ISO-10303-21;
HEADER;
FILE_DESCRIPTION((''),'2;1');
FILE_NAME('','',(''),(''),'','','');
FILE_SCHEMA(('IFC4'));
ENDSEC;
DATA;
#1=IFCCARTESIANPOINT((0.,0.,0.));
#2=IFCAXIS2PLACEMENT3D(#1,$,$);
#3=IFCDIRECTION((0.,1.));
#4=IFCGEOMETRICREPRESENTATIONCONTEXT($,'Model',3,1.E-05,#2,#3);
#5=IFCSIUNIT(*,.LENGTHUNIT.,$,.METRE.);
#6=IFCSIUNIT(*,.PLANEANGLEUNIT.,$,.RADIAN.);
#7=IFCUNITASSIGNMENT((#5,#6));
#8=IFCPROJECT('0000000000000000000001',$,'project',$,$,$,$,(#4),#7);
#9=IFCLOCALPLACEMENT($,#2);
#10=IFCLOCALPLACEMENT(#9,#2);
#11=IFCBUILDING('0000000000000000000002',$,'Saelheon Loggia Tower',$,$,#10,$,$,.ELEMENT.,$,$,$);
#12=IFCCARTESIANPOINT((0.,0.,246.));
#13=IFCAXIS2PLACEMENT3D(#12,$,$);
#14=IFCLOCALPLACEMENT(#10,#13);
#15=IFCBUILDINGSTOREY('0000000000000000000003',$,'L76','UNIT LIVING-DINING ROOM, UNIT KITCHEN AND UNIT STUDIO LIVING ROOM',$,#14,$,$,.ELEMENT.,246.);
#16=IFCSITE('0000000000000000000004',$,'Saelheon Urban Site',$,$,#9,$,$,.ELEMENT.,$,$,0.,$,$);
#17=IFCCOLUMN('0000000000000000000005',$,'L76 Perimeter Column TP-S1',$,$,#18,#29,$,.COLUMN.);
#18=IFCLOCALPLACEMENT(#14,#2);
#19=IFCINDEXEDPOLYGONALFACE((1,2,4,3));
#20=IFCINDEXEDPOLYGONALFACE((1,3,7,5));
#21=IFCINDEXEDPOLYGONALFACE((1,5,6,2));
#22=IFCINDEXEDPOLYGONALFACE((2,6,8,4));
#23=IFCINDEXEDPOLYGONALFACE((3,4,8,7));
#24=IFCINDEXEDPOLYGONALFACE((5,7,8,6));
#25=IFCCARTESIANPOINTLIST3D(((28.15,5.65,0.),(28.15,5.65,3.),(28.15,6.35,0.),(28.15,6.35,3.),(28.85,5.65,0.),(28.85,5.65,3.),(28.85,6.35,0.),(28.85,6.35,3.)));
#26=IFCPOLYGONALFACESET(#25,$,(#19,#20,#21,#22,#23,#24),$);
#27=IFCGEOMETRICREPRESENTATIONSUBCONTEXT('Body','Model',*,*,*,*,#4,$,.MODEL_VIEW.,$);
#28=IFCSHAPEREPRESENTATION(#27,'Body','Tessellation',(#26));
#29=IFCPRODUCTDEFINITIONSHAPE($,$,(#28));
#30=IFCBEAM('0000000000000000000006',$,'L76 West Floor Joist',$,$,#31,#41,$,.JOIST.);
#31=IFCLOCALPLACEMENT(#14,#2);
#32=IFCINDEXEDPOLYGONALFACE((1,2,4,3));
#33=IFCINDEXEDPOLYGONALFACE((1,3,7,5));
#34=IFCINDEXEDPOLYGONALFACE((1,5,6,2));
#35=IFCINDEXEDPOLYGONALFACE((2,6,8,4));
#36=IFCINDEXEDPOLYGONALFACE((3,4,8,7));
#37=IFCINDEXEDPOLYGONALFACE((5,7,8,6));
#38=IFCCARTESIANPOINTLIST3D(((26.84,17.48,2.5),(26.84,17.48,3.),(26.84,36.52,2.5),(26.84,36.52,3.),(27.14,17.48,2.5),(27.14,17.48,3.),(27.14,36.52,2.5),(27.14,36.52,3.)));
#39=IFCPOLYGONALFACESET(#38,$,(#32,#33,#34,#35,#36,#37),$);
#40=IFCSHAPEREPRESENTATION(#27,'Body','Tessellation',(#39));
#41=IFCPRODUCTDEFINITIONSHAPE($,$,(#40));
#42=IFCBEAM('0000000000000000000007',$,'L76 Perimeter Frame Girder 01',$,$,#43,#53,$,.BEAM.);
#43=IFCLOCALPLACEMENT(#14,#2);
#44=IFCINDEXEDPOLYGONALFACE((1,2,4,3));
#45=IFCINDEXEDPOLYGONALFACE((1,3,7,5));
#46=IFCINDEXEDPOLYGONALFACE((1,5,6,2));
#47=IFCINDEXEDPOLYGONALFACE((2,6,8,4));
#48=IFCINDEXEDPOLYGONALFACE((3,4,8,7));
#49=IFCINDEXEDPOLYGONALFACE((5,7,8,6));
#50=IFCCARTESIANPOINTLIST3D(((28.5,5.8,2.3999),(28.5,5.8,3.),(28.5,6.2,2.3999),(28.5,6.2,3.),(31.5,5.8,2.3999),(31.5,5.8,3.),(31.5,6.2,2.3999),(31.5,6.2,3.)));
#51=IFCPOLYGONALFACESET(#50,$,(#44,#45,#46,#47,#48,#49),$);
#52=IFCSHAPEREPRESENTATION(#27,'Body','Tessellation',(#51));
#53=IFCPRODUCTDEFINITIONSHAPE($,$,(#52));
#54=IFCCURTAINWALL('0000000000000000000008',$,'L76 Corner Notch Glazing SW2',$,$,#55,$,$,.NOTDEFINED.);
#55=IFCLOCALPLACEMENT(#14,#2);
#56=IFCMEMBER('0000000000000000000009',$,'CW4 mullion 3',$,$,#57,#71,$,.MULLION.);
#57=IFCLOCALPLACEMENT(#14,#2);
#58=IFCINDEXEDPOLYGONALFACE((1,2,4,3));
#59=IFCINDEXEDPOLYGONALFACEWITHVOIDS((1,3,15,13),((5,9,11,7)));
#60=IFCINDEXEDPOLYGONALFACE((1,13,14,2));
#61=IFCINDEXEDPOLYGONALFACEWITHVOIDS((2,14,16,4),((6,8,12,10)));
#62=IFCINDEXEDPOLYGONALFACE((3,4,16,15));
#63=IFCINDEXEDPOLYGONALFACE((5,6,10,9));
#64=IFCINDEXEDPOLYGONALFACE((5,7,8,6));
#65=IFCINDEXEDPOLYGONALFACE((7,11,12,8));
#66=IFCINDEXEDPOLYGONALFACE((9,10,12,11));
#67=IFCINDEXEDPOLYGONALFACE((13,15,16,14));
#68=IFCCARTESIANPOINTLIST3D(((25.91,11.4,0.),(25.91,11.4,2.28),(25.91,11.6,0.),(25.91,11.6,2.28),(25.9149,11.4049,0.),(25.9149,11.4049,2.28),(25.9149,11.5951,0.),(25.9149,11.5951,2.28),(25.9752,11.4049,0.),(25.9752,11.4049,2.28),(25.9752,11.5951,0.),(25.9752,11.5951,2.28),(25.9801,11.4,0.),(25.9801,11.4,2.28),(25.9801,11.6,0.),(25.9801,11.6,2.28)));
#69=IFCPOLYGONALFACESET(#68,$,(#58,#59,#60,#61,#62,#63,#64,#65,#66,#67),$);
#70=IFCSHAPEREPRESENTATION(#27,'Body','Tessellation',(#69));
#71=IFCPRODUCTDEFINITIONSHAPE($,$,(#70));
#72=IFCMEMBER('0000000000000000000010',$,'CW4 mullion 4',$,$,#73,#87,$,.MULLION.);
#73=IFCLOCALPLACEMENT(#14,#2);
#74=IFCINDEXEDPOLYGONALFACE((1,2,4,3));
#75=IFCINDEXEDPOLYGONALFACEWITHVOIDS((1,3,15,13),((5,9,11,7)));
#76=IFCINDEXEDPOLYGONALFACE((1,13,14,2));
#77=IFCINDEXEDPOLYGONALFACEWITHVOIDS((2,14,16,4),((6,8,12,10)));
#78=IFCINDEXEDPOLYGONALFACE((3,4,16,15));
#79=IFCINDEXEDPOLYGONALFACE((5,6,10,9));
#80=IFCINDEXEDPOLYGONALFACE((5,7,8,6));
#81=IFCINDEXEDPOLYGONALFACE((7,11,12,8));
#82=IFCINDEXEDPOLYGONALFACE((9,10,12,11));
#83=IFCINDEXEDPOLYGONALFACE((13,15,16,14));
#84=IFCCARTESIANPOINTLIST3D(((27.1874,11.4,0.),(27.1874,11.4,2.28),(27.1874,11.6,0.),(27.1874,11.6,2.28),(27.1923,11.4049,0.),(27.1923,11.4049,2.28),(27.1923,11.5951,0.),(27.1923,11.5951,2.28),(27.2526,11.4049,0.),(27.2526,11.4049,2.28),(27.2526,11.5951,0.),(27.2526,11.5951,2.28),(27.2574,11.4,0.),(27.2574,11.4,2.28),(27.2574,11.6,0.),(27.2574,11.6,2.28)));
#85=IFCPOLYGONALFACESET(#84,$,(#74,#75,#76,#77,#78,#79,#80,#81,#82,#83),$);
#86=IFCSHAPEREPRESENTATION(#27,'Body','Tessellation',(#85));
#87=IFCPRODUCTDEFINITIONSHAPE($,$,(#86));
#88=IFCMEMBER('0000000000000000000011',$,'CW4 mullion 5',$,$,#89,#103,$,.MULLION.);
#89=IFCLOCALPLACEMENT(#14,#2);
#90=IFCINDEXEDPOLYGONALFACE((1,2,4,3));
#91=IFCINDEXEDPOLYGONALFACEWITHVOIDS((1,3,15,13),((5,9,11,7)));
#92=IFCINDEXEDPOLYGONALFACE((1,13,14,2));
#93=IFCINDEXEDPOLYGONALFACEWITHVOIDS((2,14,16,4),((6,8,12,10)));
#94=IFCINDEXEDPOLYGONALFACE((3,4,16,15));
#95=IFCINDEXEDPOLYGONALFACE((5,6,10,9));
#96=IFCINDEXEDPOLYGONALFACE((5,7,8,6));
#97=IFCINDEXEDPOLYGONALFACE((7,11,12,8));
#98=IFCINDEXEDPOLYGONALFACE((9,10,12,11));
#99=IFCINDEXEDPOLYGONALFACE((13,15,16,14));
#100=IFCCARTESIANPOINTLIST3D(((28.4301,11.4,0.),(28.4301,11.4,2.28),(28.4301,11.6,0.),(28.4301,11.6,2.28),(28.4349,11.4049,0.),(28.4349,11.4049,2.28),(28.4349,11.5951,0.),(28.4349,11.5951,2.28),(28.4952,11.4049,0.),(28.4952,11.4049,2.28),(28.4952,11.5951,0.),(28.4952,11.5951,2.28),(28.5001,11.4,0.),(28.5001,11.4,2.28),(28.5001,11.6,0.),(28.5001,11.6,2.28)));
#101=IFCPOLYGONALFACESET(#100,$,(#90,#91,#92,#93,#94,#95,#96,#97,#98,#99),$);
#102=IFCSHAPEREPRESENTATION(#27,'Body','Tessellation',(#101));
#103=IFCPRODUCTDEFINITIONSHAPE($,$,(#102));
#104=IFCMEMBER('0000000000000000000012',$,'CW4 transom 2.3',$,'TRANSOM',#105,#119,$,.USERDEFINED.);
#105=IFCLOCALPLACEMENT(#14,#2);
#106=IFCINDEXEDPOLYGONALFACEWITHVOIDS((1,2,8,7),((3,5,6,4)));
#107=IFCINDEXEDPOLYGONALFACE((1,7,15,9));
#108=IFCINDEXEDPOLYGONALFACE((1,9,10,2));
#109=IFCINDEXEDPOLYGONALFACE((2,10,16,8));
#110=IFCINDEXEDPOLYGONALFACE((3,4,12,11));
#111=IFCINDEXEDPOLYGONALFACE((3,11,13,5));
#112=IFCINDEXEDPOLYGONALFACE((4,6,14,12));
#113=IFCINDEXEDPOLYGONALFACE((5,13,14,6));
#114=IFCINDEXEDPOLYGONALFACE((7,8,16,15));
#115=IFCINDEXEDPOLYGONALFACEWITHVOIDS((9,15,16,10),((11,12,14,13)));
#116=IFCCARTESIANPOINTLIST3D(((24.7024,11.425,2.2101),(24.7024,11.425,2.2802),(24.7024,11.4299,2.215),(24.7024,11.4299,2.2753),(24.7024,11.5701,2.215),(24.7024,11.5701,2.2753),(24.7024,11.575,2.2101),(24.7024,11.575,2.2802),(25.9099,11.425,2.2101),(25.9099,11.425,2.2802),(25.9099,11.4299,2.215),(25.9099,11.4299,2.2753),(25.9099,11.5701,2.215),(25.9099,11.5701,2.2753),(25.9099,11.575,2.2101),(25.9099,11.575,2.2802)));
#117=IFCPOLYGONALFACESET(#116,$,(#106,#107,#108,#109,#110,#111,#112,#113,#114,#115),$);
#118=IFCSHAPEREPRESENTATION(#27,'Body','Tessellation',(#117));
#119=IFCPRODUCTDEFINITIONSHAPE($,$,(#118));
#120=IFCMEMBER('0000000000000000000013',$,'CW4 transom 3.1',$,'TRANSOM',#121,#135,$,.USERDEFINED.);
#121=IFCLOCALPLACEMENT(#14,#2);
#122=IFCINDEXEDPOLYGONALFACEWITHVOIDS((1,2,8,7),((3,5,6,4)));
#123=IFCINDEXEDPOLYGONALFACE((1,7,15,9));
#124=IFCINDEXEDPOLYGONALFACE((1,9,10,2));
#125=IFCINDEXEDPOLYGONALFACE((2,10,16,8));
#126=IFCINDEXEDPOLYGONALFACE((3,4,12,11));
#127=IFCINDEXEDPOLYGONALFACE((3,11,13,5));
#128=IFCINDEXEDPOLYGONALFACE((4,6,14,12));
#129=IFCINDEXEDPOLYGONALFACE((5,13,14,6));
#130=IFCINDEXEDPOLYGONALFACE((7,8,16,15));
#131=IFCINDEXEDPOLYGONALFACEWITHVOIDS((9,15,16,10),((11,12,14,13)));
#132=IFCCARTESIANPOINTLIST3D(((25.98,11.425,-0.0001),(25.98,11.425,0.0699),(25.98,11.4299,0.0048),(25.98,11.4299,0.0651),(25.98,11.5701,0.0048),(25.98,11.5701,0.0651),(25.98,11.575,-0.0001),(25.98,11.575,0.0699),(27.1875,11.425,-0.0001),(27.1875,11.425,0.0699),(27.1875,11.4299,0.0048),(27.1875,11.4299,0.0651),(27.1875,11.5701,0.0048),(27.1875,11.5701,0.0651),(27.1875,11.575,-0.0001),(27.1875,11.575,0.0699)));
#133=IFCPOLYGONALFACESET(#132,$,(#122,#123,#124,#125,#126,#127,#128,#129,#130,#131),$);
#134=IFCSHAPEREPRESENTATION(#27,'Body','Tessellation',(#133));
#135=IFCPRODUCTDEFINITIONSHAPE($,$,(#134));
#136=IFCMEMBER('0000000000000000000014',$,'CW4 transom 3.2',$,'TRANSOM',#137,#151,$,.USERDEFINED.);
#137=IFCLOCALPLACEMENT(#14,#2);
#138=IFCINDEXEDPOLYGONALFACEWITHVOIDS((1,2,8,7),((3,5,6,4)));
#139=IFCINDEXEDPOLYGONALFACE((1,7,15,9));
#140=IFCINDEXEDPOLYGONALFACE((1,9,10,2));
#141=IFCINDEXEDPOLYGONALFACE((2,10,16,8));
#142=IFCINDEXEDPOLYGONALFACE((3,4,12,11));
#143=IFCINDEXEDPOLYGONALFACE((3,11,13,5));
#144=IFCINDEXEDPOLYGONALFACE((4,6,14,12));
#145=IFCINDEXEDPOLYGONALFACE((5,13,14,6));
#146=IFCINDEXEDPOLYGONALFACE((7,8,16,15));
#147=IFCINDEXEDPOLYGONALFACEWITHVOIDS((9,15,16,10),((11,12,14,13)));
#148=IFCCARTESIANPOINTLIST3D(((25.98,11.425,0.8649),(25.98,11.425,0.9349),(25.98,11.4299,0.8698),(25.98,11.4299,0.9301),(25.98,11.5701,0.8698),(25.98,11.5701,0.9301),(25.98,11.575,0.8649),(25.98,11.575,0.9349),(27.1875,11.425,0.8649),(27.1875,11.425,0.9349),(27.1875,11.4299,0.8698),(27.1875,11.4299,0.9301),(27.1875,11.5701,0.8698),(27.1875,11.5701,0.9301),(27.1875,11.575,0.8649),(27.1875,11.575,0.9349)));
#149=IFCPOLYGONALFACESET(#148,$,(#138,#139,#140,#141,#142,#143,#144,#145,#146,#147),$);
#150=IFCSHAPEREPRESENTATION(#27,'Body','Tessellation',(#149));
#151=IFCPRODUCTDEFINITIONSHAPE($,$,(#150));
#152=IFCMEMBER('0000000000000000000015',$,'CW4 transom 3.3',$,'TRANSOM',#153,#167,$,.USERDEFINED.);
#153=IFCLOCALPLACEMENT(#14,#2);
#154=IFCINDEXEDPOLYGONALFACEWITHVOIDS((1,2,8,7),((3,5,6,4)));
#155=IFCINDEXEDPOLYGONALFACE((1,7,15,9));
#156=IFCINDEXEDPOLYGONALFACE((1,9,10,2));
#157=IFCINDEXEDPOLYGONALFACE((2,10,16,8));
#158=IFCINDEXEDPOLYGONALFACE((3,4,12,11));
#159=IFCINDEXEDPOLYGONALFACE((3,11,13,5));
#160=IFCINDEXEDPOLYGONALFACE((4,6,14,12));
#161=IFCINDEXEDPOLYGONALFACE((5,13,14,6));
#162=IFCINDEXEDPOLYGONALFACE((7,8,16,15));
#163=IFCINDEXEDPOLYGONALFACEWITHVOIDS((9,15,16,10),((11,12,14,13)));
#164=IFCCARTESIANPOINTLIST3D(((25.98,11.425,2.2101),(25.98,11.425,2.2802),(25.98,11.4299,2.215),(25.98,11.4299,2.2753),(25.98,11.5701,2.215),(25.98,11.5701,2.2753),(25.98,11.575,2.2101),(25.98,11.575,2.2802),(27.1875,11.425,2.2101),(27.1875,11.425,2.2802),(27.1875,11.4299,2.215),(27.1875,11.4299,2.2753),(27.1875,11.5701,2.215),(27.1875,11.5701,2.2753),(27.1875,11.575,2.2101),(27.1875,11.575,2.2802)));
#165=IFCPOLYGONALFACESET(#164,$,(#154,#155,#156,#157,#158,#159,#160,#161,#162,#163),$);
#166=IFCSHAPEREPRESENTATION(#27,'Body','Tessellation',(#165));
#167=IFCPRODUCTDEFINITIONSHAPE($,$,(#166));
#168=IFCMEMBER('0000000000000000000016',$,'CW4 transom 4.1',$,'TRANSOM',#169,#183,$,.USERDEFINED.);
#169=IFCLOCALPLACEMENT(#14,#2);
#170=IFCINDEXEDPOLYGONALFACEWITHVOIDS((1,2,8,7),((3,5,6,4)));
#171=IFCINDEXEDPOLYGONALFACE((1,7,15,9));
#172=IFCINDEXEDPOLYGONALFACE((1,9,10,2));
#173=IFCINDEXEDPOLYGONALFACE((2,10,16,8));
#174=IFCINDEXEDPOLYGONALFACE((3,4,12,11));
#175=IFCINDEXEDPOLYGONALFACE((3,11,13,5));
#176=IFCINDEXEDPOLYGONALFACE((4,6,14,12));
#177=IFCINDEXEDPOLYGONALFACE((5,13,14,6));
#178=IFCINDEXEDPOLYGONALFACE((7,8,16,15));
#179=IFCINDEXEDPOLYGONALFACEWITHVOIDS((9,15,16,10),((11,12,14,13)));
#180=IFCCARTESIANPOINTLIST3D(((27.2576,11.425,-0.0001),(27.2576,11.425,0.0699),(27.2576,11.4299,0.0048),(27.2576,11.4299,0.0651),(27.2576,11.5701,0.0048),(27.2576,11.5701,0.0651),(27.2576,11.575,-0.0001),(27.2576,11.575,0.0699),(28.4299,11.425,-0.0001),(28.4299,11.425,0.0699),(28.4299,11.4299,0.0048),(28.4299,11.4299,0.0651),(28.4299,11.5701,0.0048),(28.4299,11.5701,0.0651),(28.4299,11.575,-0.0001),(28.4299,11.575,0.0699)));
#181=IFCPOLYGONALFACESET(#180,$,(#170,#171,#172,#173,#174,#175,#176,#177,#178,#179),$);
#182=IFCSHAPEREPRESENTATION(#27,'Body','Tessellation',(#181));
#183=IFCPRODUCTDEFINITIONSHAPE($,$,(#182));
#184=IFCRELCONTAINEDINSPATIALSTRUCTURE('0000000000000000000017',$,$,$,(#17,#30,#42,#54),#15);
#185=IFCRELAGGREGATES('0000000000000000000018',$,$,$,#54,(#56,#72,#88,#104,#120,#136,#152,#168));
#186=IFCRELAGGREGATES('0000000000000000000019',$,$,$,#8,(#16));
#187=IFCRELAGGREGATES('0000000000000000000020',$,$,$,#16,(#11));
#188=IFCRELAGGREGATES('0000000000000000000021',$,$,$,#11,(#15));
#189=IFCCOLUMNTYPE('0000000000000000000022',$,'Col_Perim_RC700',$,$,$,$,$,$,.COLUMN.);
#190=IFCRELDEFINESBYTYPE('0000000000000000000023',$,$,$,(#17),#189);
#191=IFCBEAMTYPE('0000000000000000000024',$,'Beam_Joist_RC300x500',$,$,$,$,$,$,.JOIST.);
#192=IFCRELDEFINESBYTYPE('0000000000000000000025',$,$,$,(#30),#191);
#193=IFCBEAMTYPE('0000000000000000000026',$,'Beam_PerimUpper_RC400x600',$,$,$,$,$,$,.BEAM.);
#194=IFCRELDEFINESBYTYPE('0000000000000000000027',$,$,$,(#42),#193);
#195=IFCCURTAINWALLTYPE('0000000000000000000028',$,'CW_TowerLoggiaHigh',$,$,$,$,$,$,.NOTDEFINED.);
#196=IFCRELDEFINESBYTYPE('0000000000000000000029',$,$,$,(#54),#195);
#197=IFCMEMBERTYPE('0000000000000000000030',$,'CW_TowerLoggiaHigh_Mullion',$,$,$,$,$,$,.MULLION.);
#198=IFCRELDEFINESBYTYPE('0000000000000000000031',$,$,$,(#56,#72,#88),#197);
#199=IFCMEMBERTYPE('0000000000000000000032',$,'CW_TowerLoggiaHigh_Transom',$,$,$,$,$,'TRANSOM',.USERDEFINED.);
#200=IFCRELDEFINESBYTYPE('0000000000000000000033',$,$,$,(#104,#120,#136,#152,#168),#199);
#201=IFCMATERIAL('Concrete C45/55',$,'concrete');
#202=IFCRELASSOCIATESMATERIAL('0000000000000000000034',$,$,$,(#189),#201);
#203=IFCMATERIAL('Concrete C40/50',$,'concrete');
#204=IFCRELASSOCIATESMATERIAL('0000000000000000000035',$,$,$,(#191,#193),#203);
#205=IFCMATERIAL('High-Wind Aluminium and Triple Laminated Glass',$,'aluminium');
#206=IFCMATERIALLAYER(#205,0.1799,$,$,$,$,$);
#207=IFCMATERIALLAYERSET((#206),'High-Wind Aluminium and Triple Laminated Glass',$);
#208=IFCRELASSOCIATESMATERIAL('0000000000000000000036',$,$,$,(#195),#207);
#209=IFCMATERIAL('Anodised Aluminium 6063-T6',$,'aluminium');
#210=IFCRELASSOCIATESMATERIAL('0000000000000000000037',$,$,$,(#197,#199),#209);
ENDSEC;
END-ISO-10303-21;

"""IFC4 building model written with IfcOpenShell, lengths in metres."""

from ifc_helpers import new_model, si_unit, direction, frame, origin, origin_2d, place, context, subcontext, project, spatial, rectangle, hollow_rectangle, extrude, source, transform, mapped, material, layer, layer_set, material_profile, profile_set, type_object, element, aggregate, save


model = new_model("IFC4")

# Units and contexts
model_context = context("Model", 3, precision=1e-05, world=origin(), true_north=direction((0.0, 1.0)))
body_context = subcontext(model_context, "Body", "Model", "MODEL_VIEW")
ifc_project = project(units=[si_unit("LENGTHUNIT", "METRE"), si_unit("PLANEANGLEUNIT", "RADIAN")], contexts=[model_context])

# Site, building, storey
site_placement = place(None, origin())
site = spatial("IfcSite", under=ifc_project, at=site_placement, Name="Saelheon Urban Site", CompositionType="ELEMENT", RefElevation=0.0)
building_placement = place(site_placement, origin())
building = spatial("IfcBuilding", under=site, at=building_placement, Name="Saelheon Loggia Tower", CompositionType="ELEMENT")
storey_placement = place(building_placement, frame((0.0, 0.0, 246.0)))
storey = spatial("IfcBuildingStorey", under=building, at=storey_placement, Name="L76", Description="UNIT LIVING-DINING ROOM, UNIT KITCHEN AND UNIT STUDIO LIVING ROOM", CompositionType="ELEMENT", Elevation=246.0)

# Column
ifc_material_1 = material(Name="Concrete C45/55", Category="concrete")
ifc_material_profile_1 = material_profile(ifc_material_1, rectangle(XDim=0.7, YDim=0.7, at=origin_2d()), Name="RC-700x700")
ifc_profile_set_1 = profile_set([ifc_material_profile_1], Name="Concrete C45/55")
column_type = type_object("IfcColumnType", Name="Col_Perim_RC700", PredefinedType="COLUMN", material=ifc_profile_set_1)
shared_shape_1 = source(origin(), body_context, "Body", "SweptSolid", [
    extrude(rectangle(XDim=0.7, YDim=0.7, at=origin_2d()), origin(), (0.0, 0.0, 1.0), 3.0),
])
column_placement = place(storey_placement, frame((28.5, 6.0, 0.0), z_axis=(0.0, 0.0, 1.0), x_axis=(1.0, 0.0, 0.0)))
element("IfcColumn", 1, at=column_placement, inside=storey, type_object=column_type, Name="L76 Perimeter Column TP-S1", PredefinedType="COLUMN", context=body_context, shape_type="MappedRepresentation", body=[
    mapped(shared_shape_1, transform((0.0, 0.0, 0.0), scale=1.0)),
])

# Beams
ifc_material_2 = material(Name="Concrete C40/50", Category="concrete")
ifc_material_profile_2 = material_profile(ifc_material_2, rectangle(XDim=0.3, YDim=0.5, at=origin_2d()), Name="RC-300x500")
ifc_profile_set_2 = profile_set([ifc_material_profile_2], Name="Concrete C40/50")
beam_type_1 = type_object("IfcBeamType", Name="Beam_Joist_RC300x500", PredefinedType="JOIST", material=ifc_profile_set_2)
shared_shape_2 = source(origin(), body_context, "Body", "SweptSolid", [
    extrude(rectangle(XDim=0.3, YDim=0.5, at=origin_2d()), origin(), (0.0, 0.0, 1.0), 19.04),
])
beam_1_placement = place(storey_placement, frame((26.99, 17.48, 2.75), z_axis=(0.0, 1.0, 0.0), x_axis=(-1.0, 0.0, 0.0)))
element("IfcBeam", 2, at=beam_1_placement, inside=storey, type_object=beam_type_1, Name="L76 West Floor Joist", PredefinedType="JOIST", context=body_context, shape_type="MappedRepresentation", body=[
    mapped(shared_shape_2, transform((0.0, 0.0, 0.0), scale=1.0)),
])
ifc_material_profile_3 = material_profile(ifc_material_2, rectangle(XDim=0.3999, YDim=0.6001, at=origin_2d()), Name="RC-400x600")
ifc_profile_set_3 = profile_set([ifc_material_profile_3], Name="Concrete C40/50")
beam_type_2 = type_object("IfcBeamType", Name="Beam_PerimUpper_RC400x600", PredefinedType="BEAM", material=ifc_profile_set_3)
shared_shape_3 = source(origin(), body_context, "Body", "SweptSolid", [
    extrude(rectangle(XDim=0.3999, YDim=0.6001, at=origin_2d()), origin(), (0.0, 0.0, 1.0), 3.0),
])
beam_2_placement = place(storey_placement, frame((28.5, 6.0, 2.7), z_axis=(1.0, 0.0, 0.0), x_axis=(0.0, 1.0, 0.0)))
element("IfcBeam", 3, at=beam_2_placement, inside=storey, type_object=beam_type_2, Name="L76 Perimeter Frame Girder 01", PredefinedType="BEAM", context=body_context, shape_type="MappedRepresentation", body=[
    mapped(shared_shape_3, transform((0.0, 0.0, 0.0), scale=1.0)),
])

# Curtain wall, members
ifc_material_3 = material(Name="High-Wind Aluminium and Triple Laminated Glass", Category="aluminium")
ifc_layer_1 = layer(ifc_material_3, 0.1799)
ifc_layer_set_1 = layer_set([ifc_layer_1], Name="High-Wind Aluminium and Triple Laminated Glass")
curtain_wall_type = type_object("IfcCurtainWallType", Name="CW_TowerLoggiaHigh", PredefinedType="NOTDEFINED", material=ifc_layer_set_1)
curtain_wall_placement = place(storey_placement, origin())
curtain_wall = element("IfcCurtainWall", 4, at=curtain_wall_placement, inside=storey, type_object=curtain_wall_type, Name="L76 Corner Notch Glazing SW2", PredefinedType="NOTDEFINED")
ifc_material_4 = material(Name="Anodised Aluminium 6063-T6", Category="aluminium")
ifc_material_profile_4 = material_profile(ifc_material_4, hollow_rectangle(XDim=0.0701, YDim=0.2, WallThickness=0.0049, at=origin_2d()), Name="RHS-200x70x5")
ifc_profile_set_4 = profile_set([ifc_material_profile_4], Name="Anodised Aluminium 6063-T6")
member_type_1 = type_object("IfcMemberType", Name="CW_TowerLoggiaHigh_Mullion", PredefinedType="MULLION", material=ifc_profile_set_4)
shared_shape_4 = source(origin(), body_context, "Body", "SweptSolid", [
    extrude(hollow_rectangle(XDim=0.0701, YDim=0.2, WallThickness=0.0049, at=origin_2d()), origin(), (0.0, 0.0, 1.0), 2.28),
])
member_1_placement = place(storey_placement, frame((25.9451, 11.5, 0.0), z_axis=(0.0, 0.0, 1.0), x_axis=(1.0, 0.0, 0.0)))
member_1 = element("IfcMember", 5, at=member_1_placement, type_object=member_type_1, Name="CW4 mullion 3", PredefinedType="MULLION", context=body_context, shape_type="MappedRepresentation", body=[
    mapped(shared_shape_4, transform((0.0, 0.0, 0.0), scale=1.0)),
])
member_2_placement = place(storey_placement, frame((27.2224, 11.5, 0.0), z_axis=(0.0, 0.0, 1.0), x_axis=(1.0, 0.0, 0.0)))
member_2 = element("IfcMember", 6, at=member_2_placement, type_object=member_type_1, Name="CW4 mullion 4", PredefinedType="MULLION", context=body_context, shape_type="MappedRepresentation", body=[
    mapped(shared_shape_4, transform((0.0, 0.0, 0.0), scale=1.0)),
])
member_3_placement = place(storey_placement, frame((28.4651, 11.5, 0.0), z_axis=(0.0, 0.0, 1.0), x_axis=(1.0, 0.0, 0.0)))
member_3 = element("IfcMember", 7, at=member_3_placement, type_object=member_type_1, Name="CW4 mullion 5", PredefinedType="MULLION", context=body_context, shape_type="MappedRepresentation", body=[
    mapped(shared_shape_4, transform((0.0, 0.0, 0.0), scale=1.0)),
])
ifc_material_profile_5 = material_profile(ifc_material_4, hollow_rectangle(XDim=0.0701, YDim=0.1499, WallThickness=0.0049, at=origin_2d()), Name="RHS-150x70x5")
ifc_profile_set_5 = profile_set([ifc_material_profile_5], Name="Anodised Aluminium 6063-T6")
member_type_2 = type_object("IfcMemberType", Name="CW_TowerLoggiaHigh_Transom", ElementType="TRANSOM", PredefinedType="USERDEFINED", material=ifc_profile_set_5)
shared_shape_5 = source(origin(), body_context, "Body", "SweptSolid", [
    extrude(hollow_rectangle(XDim=0.0701, YDim=0.1499, WallThickness=0.0049, at=origin_2d()), origin(), (0.0, 0.0, 1.0), 1.2075),
])
member_4_placement = place(storey_placement, frame((24.7024, 11.5, 2.2451), z_axis=(1.0, 0.0, 0.0), x_axis=(0.0, 0.0, 1.0)))
member_4 = element("IfcMember", 8, at=member_4_placement, type_object=member_type_2, Name="CW4 transom 2.3", ObjectType="TRANSOM", PredefinedType="USERDEFINED", context=body_context, shape_type="MappedRepresentation", body=[
    mapped(shared_shape_5, transform((0.0, 0.0, 0.0), scale=1.0)),
])
member_5_placement = place(storey_placement, frame((25.98, 11.5, 0.0349), z_axis=(1.0, 0.0, 0.0), x_axis=(0.0, 0.0, 1.0)))
member_5 = element("IfcMember", 9, at=member_5_placement, type_object=member_type_2, Name="CW4 transom 3.1", ObjectType="TRANSOM", PredefinedType="USERDEFINED", context=body_context, shape_type="MappedRepresentation", body=[
    mapped(shared_shape_5, transform((0.0, 0.0, 0.0), scale=1.0)),
])
member_6_placement = place(storey_placement, frame((25.98, 11.5, 0.8999), z_axis=(1.0, 0.0, 0.0), x_axis=(0.0, 0.0, 1.0)))
member_6 = element("IfcMember", 10, at=member_6_placement, type_object=member_type_2, Name="CW4 transom 3.2", ObjectType="TRANSOM", PredefinedType="USERDEFINED", context=body_context, shape_type="MappedRepresentation", body=[
    mapped(shared_shape_5, transform((0.0, 0.0, 0.0), scale=1.0)),
])
member_7_placement = place(storey_placement, frame((25.98, 11.5, 2.2451), z_axis=(1.0, 0.0, 0.0), x_axis=(0.0, 0.0, 1.0)))
member_7 = element("IfcMember", 11, at=member_7_placement, type_object=member_type_2, Name="CW4 transom 3.3", ObjectType="TRANSOM", PredefinedType="USERDEFINED", context=body_context, shape_type="MappedRepresentation", body=[
    mapped(shared_shape_5, transform((0.0, 0.0, 0.0), scale=1.0)),
])
shared_shape_6 = source(origin(), body_context, "Body", "SweptSolid", [
    extrude(hollow_rectangle(XDim=0.0701, YDim=0.1499, WallThickness=0.0049, at=origin_2d()), origin(), (0.0, 0.0, 1.0), 1.1724),
])
member_8_placement = place(storey_placement, frame((27.2576, 11.5, 0.0349), z_axis=(1.0, 0.0, 0.0), x_axis=(0.0, 0.0, 1.0)))
member_8 = element("IfcMember", 12, at=member_8_placement, type_object=member_type_2, Name="CW4 transom 4.1", ObjectType="TRANSOM", PredefinedType="USERDEFINED", context=body_context, shape_type="MappedRepresentation", body=[
    mapped(shared_shape_6, transform((0.0, 0.0, 0.0), scale=1.0)),
])
aggregate(curtain_wall, [member_1, member_2, member_3, member_4, member_5, member_6, member_7, member_8])

save(model, "model.ifc")
